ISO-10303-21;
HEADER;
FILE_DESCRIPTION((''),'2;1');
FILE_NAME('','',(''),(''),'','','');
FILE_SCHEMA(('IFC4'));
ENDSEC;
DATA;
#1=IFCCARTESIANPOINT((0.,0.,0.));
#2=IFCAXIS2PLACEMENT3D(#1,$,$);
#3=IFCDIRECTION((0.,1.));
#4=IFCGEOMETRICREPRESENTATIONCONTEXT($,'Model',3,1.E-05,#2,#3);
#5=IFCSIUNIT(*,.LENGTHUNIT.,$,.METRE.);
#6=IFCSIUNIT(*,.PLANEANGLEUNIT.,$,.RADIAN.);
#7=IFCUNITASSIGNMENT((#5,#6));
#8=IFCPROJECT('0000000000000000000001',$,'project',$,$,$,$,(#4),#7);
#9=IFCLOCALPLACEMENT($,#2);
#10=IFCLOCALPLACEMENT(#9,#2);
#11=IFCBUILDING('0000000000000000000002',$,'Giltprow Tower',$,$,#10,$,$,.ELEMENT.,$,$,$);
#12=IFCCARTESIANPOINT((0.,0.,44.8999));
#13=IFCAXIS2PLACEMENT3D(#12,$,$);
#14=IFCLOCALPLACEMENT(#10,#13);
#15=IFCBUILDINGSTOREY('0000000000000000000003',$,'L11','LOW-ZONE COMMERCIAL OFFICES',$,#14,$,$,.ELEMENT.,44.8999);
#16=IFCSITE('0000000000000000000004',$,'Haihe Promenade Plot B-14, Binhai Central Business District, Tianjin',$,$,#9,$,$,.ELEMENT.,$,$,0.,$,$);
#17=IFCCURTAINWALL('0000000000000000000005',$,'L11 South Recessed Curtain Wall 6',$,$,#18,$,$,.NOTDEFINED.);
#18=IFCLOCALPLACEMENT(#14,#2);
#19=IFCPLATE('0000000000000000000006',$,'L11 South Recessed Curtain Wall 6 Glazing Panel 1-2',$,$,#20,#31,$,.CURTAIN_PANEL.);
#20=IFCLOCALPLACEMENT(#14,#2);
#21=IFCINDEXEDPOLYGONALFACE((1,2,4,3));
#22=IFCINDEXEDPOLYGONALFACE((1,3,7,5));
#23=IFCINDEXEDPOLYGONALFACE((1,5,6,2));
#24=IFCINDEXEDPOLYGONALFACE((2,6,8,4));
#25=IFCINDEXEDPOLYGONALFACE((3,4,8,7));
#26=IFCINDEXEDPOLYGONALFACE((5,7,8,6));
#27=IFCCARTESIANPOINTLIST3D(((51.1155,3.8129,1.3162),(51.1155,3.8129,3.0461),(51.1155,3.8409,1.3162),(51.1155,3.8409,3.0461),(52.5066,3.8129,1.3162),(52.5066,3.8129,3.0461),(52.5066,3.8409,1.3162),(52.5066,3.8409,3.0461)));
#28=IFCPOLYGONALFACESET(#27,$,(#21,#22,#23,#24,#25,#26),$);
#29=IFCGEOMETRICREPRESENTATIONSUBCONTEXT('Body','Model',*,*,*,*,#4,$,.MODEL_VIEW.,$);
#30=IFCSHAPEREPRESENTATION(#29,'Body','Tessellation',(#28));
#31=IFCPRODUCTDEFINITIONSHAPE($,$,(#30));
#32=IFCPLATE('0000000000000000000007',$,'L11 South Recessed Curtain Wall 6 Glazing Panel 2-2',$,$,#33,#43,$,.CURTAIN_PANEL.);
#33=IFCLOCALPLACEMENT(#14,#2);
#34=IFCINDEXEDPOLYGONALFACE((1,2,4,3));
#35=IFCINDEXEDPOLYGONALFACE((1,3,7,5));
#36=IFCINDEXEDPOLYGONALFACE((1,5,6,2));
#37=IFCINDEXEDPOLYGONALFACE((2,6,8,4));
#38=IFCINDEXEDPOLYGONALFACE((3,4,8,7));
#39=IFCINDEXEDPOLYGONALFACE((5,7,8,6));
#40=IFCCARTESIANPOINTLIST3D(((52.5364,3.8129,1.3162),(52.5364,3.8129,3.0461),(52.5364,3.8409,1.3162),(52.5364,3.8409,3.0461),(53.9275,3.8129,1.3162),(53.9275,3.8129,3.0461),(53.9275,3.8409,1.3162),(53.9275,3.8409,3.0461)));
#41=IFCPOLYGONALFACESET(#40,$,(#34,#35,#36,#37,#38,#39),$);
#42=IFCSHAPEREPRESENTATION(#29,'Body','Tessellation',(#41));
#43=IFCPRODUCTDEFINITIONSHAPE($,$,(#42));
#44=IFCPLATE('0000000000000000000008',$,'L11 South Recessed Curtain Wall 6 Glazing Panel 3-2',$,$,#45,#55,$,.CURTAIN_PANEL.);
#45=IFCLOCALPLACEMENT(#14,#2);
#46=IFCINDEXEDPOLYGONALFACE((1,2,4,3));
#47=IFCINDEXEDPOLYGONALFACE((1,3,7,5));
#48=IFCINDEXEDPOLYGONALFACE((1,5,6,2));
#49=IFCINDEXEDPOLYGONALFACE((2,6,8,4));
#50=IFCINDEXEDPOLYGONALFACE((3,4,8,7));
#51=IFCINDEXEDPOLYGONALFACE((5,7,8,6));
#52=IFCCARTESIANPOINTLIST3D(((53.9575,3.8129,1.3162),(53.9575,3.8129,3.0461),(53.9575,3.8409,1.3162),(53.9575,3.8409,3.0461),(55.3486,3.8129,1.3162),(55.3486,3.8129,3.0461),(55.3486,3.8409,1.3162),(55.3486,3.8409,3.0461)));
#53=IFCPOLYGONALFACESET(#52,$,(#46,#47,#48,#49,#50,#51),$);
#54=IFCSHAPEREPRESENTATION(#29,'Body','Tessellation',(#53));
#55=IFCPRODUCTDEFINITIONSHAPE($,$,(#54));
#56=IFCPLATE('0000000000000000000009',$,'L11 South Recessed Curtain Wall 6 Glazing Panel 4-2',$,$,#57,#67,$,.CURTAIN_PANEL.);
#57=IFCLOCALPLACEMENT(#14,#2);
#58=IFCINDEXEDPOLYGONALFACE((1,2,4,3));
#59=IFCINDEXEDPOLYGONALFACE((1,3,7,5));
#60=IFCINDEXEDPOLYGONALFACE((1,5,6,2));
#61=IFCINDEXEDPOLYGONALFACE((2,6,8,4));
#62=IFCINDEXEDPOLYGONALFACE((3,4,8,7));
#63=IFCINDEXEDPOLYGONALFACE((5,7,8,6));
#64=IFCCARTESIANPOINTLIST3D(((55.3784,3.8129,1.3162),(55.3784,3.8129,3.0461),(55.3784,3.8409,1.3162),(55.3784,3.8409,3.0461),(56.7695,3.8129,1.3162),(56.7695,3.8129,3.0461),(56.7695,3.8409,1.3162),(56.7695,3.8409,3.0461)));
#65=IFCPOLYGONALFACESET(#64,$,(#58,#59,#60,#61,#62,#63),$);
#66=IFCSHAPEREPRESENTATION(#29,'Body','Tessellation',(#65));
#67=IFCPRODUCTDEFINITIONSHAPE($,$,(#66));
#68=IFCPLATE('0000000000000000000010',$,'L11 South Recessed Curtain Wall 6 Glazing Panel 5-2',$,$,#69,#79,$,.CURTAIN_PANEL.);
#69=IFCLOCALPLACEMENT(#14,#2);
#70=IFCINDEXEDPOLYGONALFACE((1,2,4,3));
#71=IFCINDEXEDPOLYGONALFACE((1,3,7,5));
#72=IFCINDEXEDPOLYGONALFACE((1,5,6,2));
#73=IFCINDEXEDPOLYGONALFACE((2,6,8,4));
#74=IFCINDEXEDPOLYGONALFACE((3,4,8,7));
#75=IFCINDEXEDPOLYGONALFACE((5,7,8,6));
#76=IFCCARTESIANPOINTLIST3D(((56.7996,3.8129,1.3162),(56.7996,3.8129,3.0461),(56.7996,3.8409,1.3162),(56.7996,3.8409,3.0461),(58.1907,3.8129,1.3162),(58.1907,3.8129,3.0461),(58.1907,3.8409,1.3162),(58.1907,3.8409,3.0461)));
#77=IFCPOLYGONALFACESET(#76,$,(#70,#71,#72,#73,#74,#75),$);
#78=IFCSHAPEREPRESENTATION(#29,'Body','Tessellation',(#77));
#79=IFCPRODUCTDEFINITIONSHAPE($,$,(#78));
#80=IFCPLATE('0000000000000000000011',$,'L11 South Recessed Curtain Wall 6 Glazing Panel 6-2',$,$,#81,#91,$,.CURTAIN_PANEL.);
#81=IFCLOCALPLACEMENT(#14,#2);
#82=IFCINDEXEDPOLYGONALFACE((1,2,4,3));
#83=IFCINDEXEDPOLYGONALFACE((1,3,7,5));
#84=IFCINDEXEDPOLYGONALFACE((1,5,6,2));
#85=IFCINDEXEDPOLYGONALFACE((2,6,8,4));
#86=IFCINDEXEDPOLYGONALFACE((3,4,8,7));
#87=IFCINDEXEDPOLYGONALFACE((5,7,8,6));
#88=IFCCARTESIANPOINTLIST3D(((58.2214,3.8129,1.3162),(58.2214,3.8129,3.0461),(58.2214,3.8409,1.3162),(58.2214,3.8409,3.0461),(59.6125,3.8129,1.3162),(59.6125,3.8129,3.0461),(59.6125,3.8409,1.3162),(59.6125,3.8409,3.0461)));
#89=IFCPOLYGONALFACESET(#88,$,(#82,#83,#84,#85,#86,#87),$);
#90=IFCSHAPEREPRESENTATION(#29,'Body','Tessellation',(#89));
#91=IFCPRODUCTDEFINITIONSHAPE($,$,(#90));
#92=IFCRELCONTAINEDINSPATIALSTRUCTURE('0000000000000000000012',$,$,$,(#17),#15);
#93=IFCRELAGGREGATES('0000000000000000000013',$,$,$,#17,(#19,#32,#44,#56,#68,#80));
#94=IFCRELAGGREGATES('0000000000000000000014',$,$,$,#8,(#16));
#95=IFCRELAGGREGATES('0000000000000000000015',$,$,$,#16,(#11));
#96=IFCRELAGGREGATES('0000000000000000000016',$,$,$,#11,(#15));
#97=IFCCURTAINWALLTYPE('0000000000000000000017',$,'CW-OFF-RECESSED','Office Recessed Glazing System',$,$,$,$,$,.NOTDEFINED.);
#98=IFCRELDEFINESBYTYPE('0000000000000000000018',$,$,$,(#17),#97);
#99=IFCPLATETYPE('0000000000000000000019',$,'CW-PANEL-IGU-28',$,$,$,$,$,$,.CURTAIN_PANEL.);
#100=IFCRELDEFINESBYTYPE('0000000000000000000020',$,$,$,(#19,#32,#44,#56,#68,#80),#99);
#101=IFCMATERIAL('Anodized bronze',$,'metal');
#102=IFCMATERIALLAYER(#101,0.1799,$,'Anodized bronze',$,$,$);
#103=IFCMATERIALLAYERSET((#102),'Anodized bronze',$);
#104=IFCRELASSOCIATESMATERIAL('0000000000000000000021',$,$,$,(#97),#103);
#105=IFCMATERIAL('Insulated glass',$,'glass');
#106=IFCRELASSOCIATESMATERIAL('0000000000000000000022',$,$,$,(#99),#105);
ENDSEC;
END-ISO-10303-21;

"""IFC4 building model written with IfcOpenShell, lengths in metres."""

from ifc_helpers import new_model, si_unit, direction, frame, origin, origin_2d, place, context, subcontext, project, spatial, rectangle, extrude, source, transform, mapped, material, layer, layer_set, type_object, element, aggregate, save


model = new_model("IFC4")

# Units and contexts
model_context = context("Model", 3, precision=1e-05, world=origin(), true_north=direction((0.0, 1.0)))
body_context = subcontext(model_context, "Body", "Model", "MODEL_VIEW")
ifc_project = project(units=[si_unit("LENGTHUNIT", "METRE"), si_unit("PLANEANGLEUNIT", "RADIAN")], contexts=[model_context])

# Site, building, storey
site_placement = place(None, origin())
site = spatial("IfcSite", under=ifc_project, at=site_placement, Name="Haihe Promenade Plot B-14, Binhai Central Business District, Tianjin", CompositionType="ELEMENT", RefElevation=0.0)
building_placement = place(site_placement, origin())
building = spatial("IfcBuilding", under=site, at=building_placement, Name="Giltprow Tower", CompositionType="ELEMENT")
storey_placement = place(building_placement, frame((0.0, 0.0, 44.8999)))
storey = spatial("IfcBuildingStorey", under=building, at=storey_placement, Name="L11", Description="LOW-ZONE COMMERCIAL OFFICES", CompositionType="ELEMENT", Elevation=44.8999)

# Curtain wall, plates
ifc_material_1 = material(Name="Anodized bronze", Category="metal")
ifc_layer = layer(ifc_material_1, 0.1799, Name="Anodized bronze")
ifc_layer_set = layer_set([ifc_layer], Name="Anodized bronze")
curtain_wall_type = type_object("IfcCurtainWallType", Name="CW-OFF-RECESSED", Description="Office Recessed Glazing System", PredefinedType="NOTDEFINED", material=ifc_layer_set)
curtain_wall_placement = place(storey_placement, origin())
curtain_wall = element("IfcCurtainWall", 1, at=curtain_wall_placement, inside=storey, type_object=curtain_wall_type, Name="L11 South Recessed Curtain Wall 6", PredefinedType="NOTDEFINED")
ifc_material_2 = material(Name="Insulated glass", Category="glass")
plate_type = type_object("IfcPlateType", Name="CW-PANEL-IGU-28", PredefinedType="CURTAIN_PANEL", material=ifc_material_2)
shared_shape_1 = source(origin(), body_context, "Body", "SweptSolid", [
    extrude(rectangle(XDim=1.3911, YDim=0.0281, at=origin_2d()), origin(), (0.0, 0.0, 1.0), 1.73),
])
plate_1_placement = place(storey_placement, frame((51.811, 3.8269, 1.3162), z_axis=(0.0, 0.0, 1.0), x_axis=(1.0, 0.0, 0.0)))
plate_1 = element("IfcPlate", 2, at=plate_1_placement, type_object=plate_type, Name="L11 South Recessed Curtain Wall 6 Glazing Panel 1-2", PredefinedType="CURTAIN_PANEL", context=body_context, shape_type="MappedRepresentation", body=[
    mapped(shared_shape_1, transform((0.0, 0.0, 0.0), x_axis=(1.0, 0.0, 0.0), y_axis=(0.0, 1.0, 0.0), z_axis=(0.0, 0.0, 1.0), scale=1.0)),
])
plate_2_placement = place(storey_placement, frame((53.2319, 3.8269, 1.3162), z_axis=(0.0, 0.0, 1.0), x_axis=(1.0, 0.0, 0.0)))
plate_2 = element("IfcPlate", 3, at=plate_2_placement, type_object=plate_type, Name="L11 South Recessed Curtain Wall 6 Glazing Panel 2-2", PredefinedType="CURTAIN_PANEL", context=body_context, shape_type="MappedRepresentation", body=[
    mapped(shared_shape_1, transform((0.0, 0.0, 0.0), x_axis=(1.0, 0.0, 0.0), y_axis=(0.0, 1.0, 0.0), z_axis=(0.0, 0.0, 1.0), scale=1.0)),
])
plate_3_placement = place(storey_placement, frame((54.6531, 3.8269, 1.3162), z_axis=(0.0, 0.0, 1.0), x_axis=(1.0, 0.0, 0.0)))
plate_3 = element("IfcPlate", 4, at=plate_3_placement, type_object=plate_type, Name="L11 South Recessed Curtain Wall 6 Glazing Panel 3-2", PredefinedType="CURTAIN_PANEL", context=body_context, shape_type="MappedRepresentation", body=[
    mapped(shared_shape_1, transform((0.0, 0.0, 0.0), x_axis=(1.0, 0.0, 0.0), y_axis=(0.0, 1.0, 0.0), z_axis=(0.0, 0.0, 1.0), scale=1.0)),
])
plate_4_placement = place(storey_placement, frame((56.074, 3.8269, 1.3162), z_axis=(0.0, 0.0, 1.0), x_axis=(1.0, 0.0, 0.0)))
plate_4 = element("IfcPlate", 5, at=plate_4_placement, type_object=plate_type, Name="L11 South Recessed Curtain Wall 6 Glazing Panel 4-2", PredefinedType="CURTAIN_PANEL", context=body_context, shape_type="MappedRepresentation", body=[
    mapped(shared_shape_1, transform((0.0, 0.0, 0.0), x_axis=(1.0, 0.0, 0.0), y_axis=(0.0, 1.0, 0.0), z_axis=(0.0, 0.0, 1.0), scale=1.0)),
])
plate_5_placement = place(storey_placement, frame((57.4951, 3.8269, 1.3162), z_axis=(0.0, 0.0, 1.0), x_axis=(1.0, 0.0, 0.0)))
plate_5 = element("IfcPlate", 6, at=plate_5_placement, type_object=plate_type, Name="L11 South Recessed Curtain Wall 6 Glazing Panel 5-2", PredefinedType="CURTAIN_PANEL", context=body_context, shape_type="MappedRepresentation", body=[
    mapped(shared_shape_1, transform((0.0, 0.0, 0.0), x_axis=(1.0, 0.0, 0.0), y_axis=(0.0, 1.0, 0.0), z_axis=(0.0, 0.0, 1.0), scale=1.0)),
])
plate_6_placement = place(storey_placement, frame((58.917, 3.8269, 1.3162), z_axis=(0.0, 0.0, 1.0), x_axis=(1.0, 0.0, 0.0)))
plate_6 = element("IfcPlate", 7, at=plate_6_placement, type_object=plate_type, Name="L11 South Recessed Curtain Wall 6 Glazing Panel 6-2", PredefinedType="CURTAIN_PANEL", context=body_context, shape_type="MappedRepresentation", body=[
    mapped(shared_shape_1, transform((0.0, 0.0, 0.0), x_axis=(1.0, 0.0, 0.0), y_axis=(0.0, 1.0, 0.0), z_axis=(0.0, 0.0, 1.0), scale=1.0)),
])
aggregate(curtain_wall, [plate_1, plate_2, plate_3, plate_4, plate_5, plate_6])

save(model, "model.ifc")
